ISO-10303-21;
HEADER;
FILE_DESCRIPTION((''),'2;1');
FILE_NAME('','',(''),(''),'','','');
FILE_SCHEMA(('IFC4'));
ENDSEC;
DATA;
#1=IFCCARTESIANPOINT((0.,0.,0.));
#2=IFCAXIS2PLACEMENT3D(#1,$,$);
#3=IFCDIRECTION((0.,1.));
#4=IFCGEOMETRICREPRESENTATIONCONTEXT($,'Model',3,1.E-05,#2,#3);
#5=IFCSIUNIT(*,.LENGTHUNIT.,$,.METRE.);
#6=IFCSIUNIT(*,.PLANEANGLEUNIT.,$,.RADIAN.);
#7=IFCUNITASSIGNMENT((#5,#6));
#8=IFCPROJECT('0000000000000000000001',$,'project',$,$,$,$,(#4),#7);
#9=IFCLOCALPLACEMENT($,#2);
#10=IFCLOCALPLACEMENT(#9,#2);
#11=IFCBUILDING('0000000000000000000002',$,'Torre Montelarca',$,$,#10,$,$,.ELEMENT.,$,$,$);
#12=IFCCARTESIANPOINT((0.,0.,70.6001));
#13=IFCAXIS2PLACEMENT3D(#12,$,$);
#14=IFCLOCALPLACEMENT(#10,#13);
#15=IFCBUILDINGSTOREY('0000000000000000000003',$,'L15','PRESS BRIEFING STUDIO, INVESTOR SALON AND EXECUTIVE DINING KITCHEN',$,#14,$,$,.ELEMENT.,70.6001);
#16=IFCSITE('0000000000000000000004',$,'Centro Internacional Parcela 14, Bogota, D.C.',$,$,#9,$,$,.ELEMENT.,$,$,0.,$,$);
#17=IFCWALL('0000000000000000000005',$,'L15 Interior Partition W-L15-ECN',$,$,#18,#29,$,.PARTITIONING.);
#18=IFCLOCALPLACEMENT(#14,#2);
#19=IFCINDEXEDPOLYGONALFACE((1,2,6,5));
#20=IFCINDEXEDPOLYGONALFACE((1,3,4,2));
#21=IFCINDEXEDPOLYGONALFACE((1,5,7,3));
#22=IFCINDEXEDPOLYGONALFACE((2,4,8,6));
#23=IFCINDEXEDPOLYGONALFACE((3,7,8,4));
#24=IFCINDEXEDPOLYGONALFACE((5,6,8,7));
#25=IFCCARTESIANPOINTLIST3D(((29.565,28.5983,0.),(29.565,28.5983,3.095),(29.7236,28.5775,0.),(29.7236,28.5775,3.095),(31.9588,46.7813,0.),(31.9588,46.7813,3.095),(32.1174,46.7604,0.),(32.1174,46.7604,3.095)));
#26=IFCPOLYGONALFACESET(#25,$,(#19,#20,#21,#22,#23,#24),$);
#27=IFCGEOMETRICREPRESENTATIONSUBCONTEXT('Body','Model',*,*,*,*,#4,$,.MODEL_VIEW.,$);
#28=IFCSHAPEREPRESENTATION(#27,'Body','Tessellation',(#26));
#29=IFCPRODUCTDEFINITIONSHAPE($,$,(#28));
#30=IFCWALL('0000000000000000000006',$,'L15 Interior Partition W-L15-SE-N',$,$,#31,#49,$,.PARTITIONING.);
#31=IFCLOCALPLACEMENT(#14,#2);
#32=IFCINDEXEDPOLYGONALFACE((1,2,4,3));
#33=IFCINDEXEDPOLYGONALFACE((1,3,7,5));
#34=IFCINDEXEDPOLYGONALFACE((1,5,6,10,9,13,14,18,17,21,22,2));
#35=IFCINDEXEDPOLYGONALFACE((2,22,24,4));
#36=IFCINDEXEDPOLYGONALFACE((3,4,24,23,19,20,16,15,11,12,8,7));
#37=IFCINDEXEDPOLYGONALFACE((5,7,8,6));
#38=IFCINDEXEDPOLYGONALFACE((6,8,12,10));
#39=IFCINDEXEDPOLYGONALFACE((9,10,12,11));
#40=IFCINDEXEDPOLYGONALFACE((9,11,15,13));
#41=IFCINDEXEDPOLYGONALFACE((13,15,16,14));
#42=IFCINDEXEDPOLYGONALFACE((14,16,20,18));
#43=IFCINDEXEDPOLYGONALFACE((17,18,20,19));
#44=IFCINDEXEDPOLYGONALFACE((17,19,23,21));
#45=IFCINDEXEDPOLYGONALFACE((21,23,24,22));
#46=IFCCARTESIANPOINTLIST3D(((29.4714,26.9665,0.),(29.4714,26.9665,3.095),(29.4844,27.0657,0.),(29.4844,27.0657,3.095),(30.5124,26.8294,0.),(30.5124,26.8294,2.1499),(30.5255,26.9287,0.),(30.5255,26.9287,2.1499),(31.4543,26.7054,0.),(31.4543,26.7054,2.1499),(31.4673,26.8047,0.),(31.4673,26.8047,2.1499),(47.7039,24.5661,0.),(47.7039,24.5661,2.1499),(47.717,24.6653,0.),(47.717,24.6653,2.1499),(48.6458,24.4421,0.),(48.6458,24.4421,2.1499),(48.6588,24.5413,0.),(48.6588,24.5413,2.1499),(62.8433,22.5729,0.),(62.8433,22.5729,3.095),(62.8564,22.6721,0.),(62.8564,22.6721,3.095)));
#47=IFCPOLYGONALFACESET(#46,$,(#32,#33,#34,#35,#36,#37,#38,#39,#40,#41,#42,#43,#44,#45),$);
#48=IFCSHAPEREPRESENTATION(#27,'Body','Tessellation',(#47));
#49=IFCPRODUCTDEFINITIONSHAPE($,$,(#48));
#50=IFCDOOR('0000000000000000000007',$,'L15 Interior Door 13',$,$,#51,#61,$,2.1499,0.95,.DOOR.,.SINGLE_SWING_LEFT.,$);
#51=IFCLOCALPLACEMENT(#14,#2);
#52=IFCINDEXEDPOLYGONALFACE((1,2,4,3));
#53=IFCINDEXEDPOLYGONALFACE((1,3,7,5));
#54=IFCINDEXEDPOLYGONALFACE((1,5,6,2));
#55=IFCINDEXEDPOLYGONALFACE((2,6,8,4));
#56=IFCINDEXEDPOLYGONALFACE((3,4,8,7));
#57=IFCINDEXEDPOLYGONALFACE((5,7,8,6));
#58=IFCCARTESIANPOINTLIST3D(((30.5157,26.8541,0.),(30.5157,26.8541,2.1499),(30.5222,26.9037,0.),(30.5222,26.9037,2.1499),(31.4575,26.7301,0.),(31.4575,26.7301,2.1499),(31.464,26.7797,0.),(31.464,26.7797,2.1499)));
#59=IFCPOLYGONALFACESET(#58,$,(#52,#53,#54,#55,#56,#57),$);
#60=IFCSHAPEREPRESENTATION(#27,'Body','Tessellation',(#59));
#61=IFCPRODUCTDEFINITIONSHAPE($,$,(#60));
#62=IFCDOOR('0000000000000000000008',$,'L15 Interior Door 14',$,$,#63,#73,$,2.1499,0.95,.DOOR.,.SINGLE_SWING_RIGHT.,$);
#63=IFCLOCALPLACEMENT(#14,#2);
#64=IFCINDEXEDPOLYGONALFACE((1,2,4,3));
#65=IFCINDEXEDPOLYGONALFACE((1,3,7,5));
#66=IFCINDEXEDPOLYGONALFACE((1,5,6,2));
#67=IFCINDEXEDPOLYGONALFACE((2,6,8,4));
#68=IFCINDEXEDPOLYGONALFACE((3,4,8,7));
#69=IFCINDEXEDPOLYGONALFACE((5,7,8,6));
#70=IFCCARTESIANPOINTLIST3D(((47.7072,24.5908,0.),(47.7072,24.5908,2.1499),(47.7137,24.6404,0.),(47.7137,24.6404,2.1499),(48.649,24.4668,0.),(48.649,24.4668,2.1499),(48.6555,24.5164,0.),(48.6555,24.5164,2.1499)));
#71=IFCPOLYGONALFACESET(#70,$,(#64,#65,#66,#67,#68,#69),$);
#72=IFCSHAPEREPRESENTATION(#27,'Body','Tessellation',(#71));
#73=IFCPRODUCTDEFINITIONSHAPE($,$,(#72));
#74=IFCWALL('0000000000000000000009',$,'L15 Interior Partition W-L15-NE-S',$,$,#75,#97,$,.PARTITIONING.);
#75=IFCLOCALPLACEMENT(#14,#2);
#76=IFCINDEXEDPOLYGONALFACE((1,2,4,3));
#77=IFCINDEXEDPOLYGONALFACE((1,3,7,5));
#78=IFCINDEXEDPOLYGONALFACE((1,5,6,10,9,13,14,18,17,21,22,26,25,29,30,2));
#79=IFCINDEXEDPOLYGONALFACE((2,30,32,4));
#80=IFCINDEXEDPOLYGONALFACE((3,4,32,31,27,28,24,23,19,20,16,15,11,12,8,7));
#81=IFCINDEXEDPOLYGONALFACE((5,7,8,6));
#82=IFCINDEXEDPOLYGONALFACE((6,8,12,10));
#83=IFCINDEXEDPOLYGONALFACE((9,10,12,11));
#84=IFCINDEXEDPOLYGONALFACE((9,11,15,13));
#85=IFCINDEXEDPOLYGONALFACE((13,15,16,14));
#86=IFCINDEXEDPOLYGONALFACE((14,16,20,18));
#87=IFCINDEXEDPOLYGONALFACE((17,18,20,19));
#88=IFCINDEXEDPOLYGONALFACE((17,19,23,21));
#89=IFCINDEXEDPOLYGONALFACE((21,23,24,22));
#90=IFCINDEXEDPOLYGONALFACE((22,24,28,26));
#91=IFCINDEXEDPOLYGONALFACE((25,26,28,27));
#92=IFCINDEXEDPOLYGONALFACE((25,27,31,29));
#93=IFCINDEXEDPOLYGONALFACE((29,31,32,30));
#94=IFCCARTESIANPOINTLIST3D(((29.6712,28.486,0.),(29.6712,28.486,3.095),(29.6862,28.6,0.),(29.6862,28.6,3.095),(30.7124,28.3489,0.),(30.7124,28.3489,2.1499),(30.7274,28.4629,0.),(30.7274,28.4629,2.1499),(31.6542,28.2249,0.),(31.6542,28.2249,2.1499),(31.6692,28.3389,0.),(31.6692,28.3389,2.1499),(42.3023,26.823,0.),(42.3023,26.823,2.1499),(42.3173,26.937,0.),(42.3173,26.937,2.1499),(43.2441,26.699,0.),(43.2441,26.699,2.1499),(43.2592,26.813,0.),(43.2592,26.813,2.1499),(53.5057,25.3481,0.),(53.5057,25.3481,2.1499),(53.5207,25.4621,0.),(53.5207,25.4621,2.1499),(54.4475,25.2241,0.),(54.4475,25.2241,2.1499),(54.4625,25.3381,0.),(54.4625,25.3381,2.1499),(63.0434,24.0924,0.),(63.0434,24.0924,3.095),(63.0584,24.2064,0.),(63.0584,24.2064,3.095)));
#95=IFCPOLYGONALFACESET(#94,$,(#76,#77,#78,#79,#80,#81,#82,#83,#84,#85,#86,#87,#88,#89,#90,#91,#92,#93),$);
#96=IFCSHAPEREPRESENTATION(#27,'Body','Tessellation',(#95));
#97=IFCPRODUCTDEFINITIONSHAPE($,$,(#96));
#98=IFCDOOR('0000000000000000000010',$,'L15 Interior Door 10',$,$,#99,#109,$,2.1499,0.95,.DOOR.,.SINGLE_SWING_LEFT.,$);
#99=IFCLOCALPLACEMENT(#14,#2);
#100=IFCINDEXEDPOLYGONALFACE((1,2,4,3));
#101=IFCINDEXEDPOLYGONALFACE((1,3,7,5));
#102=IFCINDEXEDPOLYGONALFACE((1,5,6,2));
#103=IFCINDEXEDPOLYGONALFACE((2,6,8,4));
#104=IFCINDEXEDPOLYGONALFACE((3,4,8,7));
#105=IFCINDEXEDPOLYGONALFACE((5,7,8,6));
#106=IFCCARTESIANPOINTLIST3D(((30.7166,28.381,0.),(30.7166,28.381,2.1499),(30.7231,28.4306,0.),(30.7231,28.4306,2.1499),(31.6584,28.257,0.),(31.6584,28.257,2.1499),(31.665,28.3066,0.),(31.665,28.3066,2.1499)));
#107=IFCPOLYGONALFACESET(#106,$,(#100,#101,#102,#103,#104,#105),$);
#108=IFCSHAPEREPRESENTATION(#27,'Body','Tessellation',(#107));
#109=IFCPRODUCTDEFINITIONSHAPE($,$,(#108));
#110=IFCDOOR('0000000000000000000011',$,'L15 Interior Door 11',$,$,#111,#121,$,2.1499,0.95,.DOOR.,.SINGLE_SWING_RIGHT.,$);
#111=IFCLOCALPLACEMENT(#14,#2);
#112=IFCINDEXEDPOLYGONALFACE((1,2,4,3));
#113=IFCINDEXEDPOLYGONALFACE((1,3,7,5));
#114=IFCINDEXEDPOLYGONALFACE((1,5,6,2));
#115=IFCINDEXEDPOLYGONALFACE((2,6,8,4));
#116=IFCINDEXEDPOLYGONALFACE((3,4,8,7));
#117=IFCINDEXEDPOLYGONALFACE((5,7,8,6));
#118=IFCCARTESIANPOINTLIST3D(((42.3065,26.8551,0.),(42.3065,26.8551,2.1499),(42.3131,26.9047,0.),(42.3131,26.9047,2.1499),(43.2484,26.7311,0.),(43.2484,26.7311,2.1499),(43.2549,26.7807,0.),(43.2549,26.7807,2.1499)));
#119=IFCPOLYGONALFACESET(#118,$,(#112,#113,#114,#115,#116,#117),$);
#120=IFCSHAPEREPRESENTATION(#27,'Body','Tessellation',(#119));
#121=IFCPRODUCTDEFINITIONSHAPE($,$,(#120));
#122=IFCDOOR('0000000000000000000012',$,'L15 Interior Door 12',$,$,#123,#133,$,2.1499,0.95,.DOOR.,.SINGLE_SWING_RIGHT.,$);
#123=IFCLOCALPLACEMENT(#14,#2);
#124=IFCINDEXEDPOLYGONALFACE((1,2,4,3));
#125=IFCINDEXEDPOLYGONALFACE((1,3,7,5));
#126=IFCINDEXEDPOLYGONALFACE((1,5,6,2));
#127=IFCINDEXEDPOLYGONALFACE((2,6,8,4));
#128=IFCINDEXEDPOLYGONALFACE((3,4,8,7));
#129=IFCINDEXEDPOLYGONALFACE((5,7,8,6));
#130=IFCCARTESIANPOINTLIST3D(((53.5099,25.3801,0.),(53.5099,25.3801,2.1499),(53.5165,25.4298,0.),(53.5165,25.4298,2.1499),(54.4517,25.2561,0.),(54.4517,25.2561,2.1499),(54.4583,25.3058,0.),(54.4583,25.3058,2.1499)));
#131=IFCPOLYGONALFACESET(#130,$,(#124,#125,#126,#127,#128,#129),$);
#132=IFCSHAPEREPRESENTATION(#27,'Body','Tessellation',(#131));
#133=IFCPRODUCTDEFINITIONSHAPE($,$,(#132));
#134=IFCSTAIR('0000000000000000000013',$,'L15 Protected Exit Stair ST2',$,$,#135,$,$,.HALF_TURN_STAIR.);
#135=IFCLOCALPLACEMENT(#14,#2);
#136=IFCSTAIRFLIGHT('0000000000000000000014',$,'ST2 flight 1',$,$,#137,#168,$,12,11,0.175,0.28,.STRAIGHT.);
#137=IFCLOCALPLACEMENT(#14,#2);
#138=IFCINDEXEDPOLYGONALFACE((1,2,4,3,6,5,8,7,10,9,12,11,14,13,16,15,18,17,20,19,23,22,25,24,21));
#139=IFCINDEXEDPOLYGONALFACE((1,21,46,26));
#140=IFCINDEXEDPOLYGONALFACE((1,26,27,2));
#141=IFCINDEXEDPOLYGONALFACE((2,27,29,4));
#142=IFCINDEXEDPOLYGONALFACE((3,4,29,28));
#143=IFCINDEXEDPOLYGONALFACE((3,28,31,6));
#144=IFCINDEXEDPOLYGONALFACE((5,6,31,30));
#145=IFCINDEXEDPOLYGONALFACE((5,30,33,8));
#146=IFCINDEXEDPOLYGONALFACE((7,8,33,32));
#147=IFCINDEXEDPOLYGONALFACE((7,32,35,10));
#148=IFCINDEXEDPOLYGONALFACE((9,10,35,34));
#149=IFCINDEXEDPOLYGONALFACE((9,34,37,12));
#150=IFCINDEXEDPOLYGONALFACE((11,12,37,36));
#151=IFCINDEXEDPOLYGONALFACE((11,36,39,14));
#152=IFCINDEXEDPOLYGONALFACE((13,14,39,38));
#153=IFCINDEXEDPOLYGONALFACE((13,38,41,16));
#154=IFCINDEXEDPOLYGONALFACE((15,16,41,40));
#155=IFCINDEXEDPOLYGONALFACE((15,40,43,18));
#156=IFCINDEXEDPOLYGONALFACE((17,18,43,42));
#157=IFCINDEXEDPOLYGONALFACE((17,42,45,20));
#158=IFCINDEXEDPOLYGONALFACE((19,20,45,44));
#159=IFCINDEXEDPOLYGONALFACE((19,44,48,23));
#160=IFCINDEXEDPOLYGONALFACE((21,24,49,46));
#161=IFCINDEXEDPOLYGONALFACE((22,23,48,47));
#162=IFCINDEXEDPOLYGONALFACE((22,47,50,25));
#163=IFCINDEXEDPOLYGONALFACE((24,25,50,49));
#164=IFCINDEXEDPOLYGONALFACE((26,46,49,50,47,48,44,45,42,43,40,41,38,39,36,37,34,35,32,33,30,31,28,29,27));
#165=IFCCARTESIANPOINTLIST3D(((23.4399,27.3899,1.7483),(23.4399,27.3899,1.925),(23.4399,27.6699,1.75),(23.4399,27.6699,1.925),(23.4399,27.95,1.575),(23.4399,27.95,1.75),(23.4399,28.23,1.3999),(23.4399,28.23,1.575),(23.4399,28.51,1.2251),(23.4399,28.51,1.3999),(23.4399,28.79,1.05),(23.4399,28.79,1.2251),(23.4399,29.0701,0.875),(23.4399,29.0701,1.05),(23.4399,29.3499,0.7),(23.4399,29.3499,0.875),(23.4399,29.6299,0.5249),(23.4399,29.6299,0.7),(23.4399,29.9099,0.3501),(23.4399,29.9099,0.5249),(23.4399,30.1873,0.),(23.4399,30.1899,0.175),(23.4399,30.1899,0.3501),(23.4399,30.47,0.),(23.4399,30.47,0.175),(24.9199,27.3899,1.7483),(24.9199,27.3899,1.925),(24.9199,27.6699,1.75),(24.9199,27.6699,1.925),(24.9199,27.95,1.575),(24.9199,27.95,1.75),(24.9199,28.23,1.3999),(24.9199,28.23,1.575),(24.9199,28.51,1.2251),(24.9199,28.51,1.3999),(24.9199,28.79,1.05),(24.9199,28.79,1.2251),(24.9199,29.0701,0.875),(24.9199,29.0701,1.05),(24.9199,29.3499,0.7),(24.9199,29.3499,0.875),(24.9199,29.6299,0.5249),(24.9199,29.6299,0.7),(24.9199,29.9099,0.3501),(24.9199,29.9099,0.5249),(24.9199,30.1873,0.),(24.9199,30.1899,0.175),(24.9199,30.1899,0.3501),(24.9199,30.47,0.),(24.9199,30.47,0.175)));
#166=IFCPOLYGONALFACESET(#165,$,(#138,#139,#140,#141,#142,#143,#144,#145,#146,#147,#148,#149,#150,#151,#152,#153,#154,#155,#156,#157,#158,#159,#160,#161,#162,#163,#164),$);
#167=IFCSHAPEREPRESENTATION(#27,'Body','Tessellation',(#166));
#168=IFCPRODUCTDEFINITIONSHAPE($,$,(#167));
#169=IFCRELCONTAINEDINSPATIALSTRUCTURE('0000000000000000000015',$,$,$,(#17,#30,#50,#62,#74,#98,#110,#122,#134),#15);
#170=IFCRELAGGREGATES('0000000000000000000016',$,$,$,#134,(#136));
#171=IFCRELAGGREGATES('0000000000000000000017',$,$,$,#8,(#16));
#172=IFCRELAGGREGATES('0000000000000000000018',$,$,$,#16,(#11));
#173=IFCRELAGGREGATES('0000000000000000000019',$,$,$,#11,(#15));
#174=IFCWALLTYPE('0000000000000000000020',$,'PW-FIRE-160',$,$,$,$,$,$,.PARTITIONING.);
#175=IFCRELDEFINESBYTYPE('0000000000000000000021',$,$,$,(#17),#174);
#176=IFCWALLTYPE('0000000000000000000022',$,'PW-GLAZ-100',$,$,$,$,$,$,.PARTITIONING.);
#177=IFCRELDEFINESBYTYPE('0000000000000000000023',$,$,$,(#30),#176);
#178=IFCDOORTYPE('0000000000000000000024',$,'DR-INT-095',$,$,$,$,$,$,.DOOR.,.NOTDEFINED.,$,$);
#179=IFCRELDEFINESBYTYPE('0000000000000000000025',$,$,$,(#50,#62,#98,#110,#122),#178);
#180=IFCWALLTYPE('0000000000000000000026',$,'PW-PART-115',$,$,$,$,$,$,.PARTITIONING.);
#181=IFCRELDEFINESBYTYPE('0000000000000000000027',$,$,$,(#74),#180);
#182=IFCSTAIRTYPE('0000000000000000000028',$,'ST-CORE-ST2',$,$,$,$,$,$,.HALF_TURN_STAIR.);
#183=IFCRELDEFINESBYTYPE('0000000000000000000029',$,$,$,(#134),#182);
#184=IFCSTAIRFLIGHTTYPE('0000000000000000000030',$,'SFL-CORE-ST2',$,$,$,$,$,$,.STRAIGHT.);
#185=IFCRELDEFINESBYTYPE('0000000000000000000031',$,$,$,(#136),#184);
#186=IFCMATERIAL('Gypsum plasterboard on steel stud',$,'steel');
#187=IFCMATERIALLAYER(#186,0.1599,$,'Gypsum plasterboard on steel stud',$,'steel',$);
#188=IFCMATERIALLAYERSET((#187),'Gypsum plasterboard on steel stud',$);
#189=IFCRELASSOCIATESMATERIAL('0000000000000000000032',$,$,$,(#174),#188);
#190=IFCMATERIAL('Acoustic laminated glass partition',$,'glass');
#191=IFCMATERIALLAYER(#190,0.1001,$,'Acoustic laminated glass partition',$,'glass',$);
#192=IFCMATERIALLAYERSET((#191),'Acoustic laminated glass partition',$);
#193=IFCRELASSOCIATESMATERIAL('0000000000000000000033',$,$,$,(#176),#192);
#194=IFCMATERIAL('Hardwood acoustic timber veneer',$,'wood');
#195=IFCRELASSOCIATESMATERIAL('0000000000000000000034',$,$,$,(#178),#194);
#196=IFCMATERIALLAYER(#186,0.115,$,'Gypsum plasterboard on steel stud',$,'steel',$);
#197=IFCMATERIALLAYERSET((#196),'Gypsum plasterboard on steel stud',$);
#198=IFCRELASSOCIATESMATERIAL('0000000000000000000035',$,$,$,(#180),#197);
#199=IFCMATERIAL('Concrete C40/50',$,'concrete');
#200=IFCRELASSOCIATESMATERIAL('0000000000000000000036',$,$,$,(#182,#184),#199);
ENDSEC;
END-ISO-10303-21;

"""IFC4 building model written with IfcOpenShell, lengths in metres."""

from ifc_helpers import new_model, si_unit, direction, frame, frame_2d, origin, place, context, subcontext, project, spatial, polyline, rectangle, outline, extrude, source, transform, mapped, material, layer, layer_set, type_object, element, fill, aggregate, save


model = new_model("IFC4")

# Units and contexts
model_context = context("Model", 3, precision=1e-05, world=origin(), true_north=direction((0.0, 1.0)))
body_context = subcontext(model_context, "Body", "Model", "MODEL_VIEW")
ifc_project = project(units=[si_unit("LENGTHUNIT", "METRE"), si_unit("PLANEANGLEUNIT", "RADIAN")], contexts=[model_context])

# Site, building, storey
site_placement = place(None, origin())
site = spatial("IfcSite", under=ifc_project, at=site_placement, Name="Centro Internacional Parcela 14, Bogota, D.C.", CompositionType="ELEMENT", RefElevation=0.0)
building_placement = place(site_placement, origin())
building = spatial("IfcBuilding", under=site, at=building_placement, Name="Torre Montelarca", CompositionType="ELEMENT")
storey_placement = place(building_placement, frame((0.0, 0.0, 70.6001)))
storey = spatial("IfcBuildingStorey", under=building, at=storey_placement, Name="L15", Description="PRESS BRIEFING STUDIO, INVESTOR SALON AND EXECUTIVE DINING KITCHEN", CompositionType="ELEMENT", Elevation=70.6001)

# Wall
ifc_material_1 = material(Name="Gypsum plasterboard on steel stud", Category="steel")
ifc_layer_1 = layer(ifc_material_1, 0.1599, Name="Gypsum plasterboard on steel stud", Category="steel")
ifc_layer_set_1 = layer_set([ifc_layer_1], Name="Gypsum plasterboard on steel stud")
wall_type_1 = type_object("IfcWallType", Name="PW-FIRE-160", PredefinedType="PARTITIONING", material=ifc_layer_set_1)
wall_1_placement = place(storey_placement, frame((29.6443, 28.5879, 0.0), z_axis=(0.0, 0.0, 1.0), x_axis=(0.130525, 0.991445, 0.0)))
element("IfcWall", 1, at=wall_1_placement, inside=storey, type_object=wall_type_1, Name="L15 Interior Partition W-L15-ECN", PredefinedType="PARTITIONING", context=body_context, shape_type="SweptSolid", body=[
    extrude(rectangle(XDim=18.3398, YDim=0.1599, at=frame_2d((9.1699, 0.0))), origin(), (0.0, 0.0, 1.0), 3.095),
])

# Walls, openings, doors
ifc_material_2 = material(Name="Acoustic laminated glass partition", Category="glass")
ifc_layer_2 = layer(ifc_material_2, 0.1001, Name="Acoustic laminated glass partition", Category="glass")
ifc_layer_set_2 = layer_set([ifc_layer_2], Name="Acoustic laminated glass partition")
wall_type_2 = type_object("IfcWallType", Name="PW-GLAZ-100", PredefinedType="PARTITIONING", material=ifc_layer_set_2)
wall_2_placement = place(storey_placement, frame((29.4778, 27.0161, 0.0), z_axis=(0.0, 0.0, 1.0), x_axis=(0.991445, -0.130528, 0.0)))
wall_2 = element("IfcWall", 2, at=wall_2_placement, inside=storey, type_object=wall_type_2, Name="L15 Interior Partition W-L15-SE-N", PredefinedType="PARTITIONING", context=body_context, shape_type="SweptSolid", body=[
    extrude(rectangle(XDim=33.6599, YDim=0.1001, at=frame_2d((16.8301, 0.0))), origin(), (0.0, 0.0, 1.0), 3.095),
])
opening_1_placement = place(wall_2_placement, frame((1.05, 0.0, 0.0)))
opening_1 = element("IfcOpeningElement", 3, at=opening_1_placement, cuts=wall_2, PredefinedType="OPENING", context=body_context, shape_type="SweptSolid", body=[
    extrude(rectangle(XDim=0.95, YDim=2.1499, at=frame_2d((0.4751, 1.075))), frame((0.0, 0.0601, 0.0), z_axis=(0.0, -1.0, 0.0), x_axis=(1.0, 0.0, 0.0)), (0.0, 0.0, 1.0), 0.1201),
])
opening_2_placement = place(wall_2_placement, frame((18.3899, 0.0, 0.0)))
opening_2 = element("IfcOpeningElement", 4, at=opening_2_placement, cuts=wall_2, PredefinedType="OPENING", context=body_context, shape_type="SweptSolid", body=[
    extrude(rectangle(XDim=0.95, YDim=2.1499, at=frame_2d((0.4751, 1.075))), frame((0.0, 0.0601, 0.0), z_axis=(0.0, -1.0, 0.0), x_axis=(1.0, 0.0, 0.0)), (0.0, 0.0, 1.0), 0.1201),
])
ifc_material_3 = material(Name="Hardwood acoustic timber veneer", Category="wood")
door_type = type_object("IfcDoorType", Name="DR-INT-095", OperationType="NOTDEFINED", PredefinedType="DOOR", material=ifc_material_3)
shared_shape = source(origin(), body_context, "Body", "SweptSolid", [
    extrude(rectangle(XDim=0.95, YDim=2.1499, at=frame_2d((0.4751, 1.075))), frame((0.0, 0.0249, 0.0), z_axis=(0.0, -1.0, 0.0), x_axis=(1.0, 0.0, 0.0)), (0.0, 0.0, 1.0), 0.05),
])
door_1_placement = place(opening_1_placement, origin())
door_1 = element("IfcDoor", 5, at=door_1_placement, inside=storey, type_object=door_type, Name="L15 Interior Door 13", OperationType="SINGLE_SWING_LEFT", OverallHeight=2.1499, OverallWidth=0.95, PredefinedType="DOOR", context=body_context, shape_type="MappedRepresentation", body=[
    mapped(shared_shape, transform((0.0, 0.0, 0.0), scale=1.0)),
])
fill(opening_1, door_1)
door_2_placement = place(opening_2_placement, origin())
door_2 = element("IfcDoor", 6, at=door_2_placement, inside=storey, type_object=door_type, Name="L15 Interior Door 14", OperationType="SINGLE_SWING_RIGHT", OverallHeight=2.1499, OverallWidth=0.95, PredefinedType="DOOR", context=body_context, shape_type="MappedRepresentation", body=[
    mapped(shared_shape, transform((0.0, 0.0, 0.0), scale=1.0)),
])
fill(opening_2, door_2)
ifc_layer_3 = layer(ifc_material_1, 0.115, Name="Gypsum plasterboard on steel stud", Category="steel")
ifc_layer_set_3 = layer_set([ifc_layer_3], Name="Gypsum plasterboard on steel stud")
wall_type_3 = type_object("IfcWallType", Name="PW-PART-115", PredefinedType="PARTITIONING", material=ifc_layer_set_3)
wall_3_placement = place(storey_placement, frame((29.6787, 28.543, 0.0), z_axis=(0.0, 0.0, 1.0), x_axis=(0.991445, -0.130527, 0.0)))
wall_3 = element("IfcWall", 7, at=wall_3_placement, inside=storey, type_object=wall_type_3, Name="L15 Interior Partition W-L15-NE-S", PredefinedType="PARTITIONING", context=body_context, shape_type="SweptSolid", body=[
    extrude(rectangle(XDim=33.6602, YDim=0.115, at=frame_2d((16.8301, 0.0))), origin(), (0.0, 0.0, 1.0), 3.095),
])
opening_3_placement = place(wall_3_placement, frame((1.05, 0.0, 0.0)))
opening_3 = element("IfcOpeningElement", 8, at=opening_3_placement, cuts=wall_3, PredefinedType="OPENING", context=body_context, shape_type="SweptSolid", body=[
    extrude(rectangle(XDim=0.95, YDim=2.1499, at=frame_2d((0.4751, 1.075))), frame((0.0, 0.0674, 0.0), z_axis=(0.0, -1.0, 0.0), x_axis=(1.0, 0.0, 0.0)), (0.0, 0.0, 1.0), 0.135),
])
opening_4_placement = place(wall_3_placement, frame((12.74, 0.0, 0.0)))
opening_4 = element("IfcOpeningElement", 9, at=opening_4_placement, cuts=wall_3, PredefinedType="OPENING", context=body_context, shape_type="SweptSolid", body=[
    extrude(rectangle(XDim=0.95, YDim=2.1499, at=frame_2d((0.4751, 1.075))), frame((0.0, 0.0674, 0.0), z_axis=(0.0, -1.0, 0.0), x_axis=(1.0, 0.0, 0.0)), (0.0, 0.0, 1.0), 0.135),
])
opening_5_placement = place(wall_3_placement, frame((24.04, 0.0, 0.0)))
opening_5 = element("IfcOpeningElement", 10, at=opening_5_placement, cuts=wall_3, PredefinedType="OPENING", context=body_context, shape_type="SweptSolid", body=[
    extrude(rectangle(XDim=0.95, YDim=2.1499, at=frame_2d((0.4751, 1.075))), frame((0.0, 0.0674, 0.0), z_axis=(0.0, -1.0, 0.0), x_axis=(1.0, 0.0, 0.0)), (0.0, 0.0, 1.0), 0.135),
])
door_3_placement = place(opening_3_placement, origin())
door_3 = element("IfcDoor", 11, at=door_3_placement, inside=storey, type_object=door_type, Name="L15 Interior Door 10", OperationType="SINGLE_SWING_LEFT", OverallHeight=2.1499, OverallWidth=0.95, PredefinedType="DOOR", context=body_context, shape_type="MappedRepresentation", body=[
    mapped(shared_shape, transform((0.0, 0.0, 0.0), scale=1.0)),
])
fill(opening_3, door_3)
door_4_placement = place(opening_4_placement, origin())
door_4 = element("IfcDoor", 12, at=door_4_placement, inside=storey, type_object=door_type, Name="L15 Interior Door 11", OperationType="SINGLE_SWING_RIGHT", OverallHeight=2.1499, OverallWidth=0.95, PredefinedType="DOOR", context=body_context, shape_type="MappedRepresentation", body=[
    mapped(shared_shape, transform((0.0, 0.0, 0.0), scale=1.0)),
])
fill(opening_4, door_4)
door_5_placement = place(opening_5_placement, origin())
door_5 = element("IfcDoor", 13, at=door_5_placement, inside=storey, type_object=door_type, Name="L15 Interior Door 12", OperationType="SINGLE_SWING_RIGHT", OverallHeight=2.1499, OverallWidth=0.95, PredefinedType="DOOR", context=body_context, shape_type="MappedRepresentation", body=[
    mapped(shared_shape, transform((0.0, 0.0, 0.0), scale=1.0)),
])
fill(opening_5, door_5)

# Stair, stair flight
ifc_material_4 = material(Name="Concrete C40/50", Category="concrete")
stair_type = type_object("IfcStairType", Name="ST-CORE-ST2", PredefinedType="HALF_TURN_STAIR", material=ifc_material_4)
stair_placement = place(storey_placement, origin())
stair = element("IfcStair", 14, at=stair_placement, inside=storey, type_object=stair_type, Name="L15 Protected Exit Stair ST2", PredefinedType="HALF_TURN_STAIR")
stair_flight_type = type_object("IfcStairFlightType", Name="SFL-CORE-ST2", PredefinedType="STRAIGHT", material=ifc_material_4)
stair_flight_1_placement = place(storey_placement, frame((24.1799, 30.47, 0.0), z_axis=(0.0, 0.0, 1.0), x_axis=(0.0, -1.0, 0.0)))
stair_flight_1 = element("IfcStairFlight", 15, at=stair_flight_1_placement, type_object=stair_flight_type, Name="ST2 flight 1", NumberOfRisers=12, NumberOfTreads=11, PredefinedType="STRAIGHT", RiserHeight=0.175, TreadLength=0.28, context=body_context, shape_type="SweptSolid", body=[
    extrude(outline(polyline([(0.0, 0.0), (0.0, 0.175), (0.28, 0.175), (0.28, 0.3501), (0.5601, 0.3501), (0.5601, 0.5249), (0.8401, 0.5249), (0.8401, 0.7), (1.1201, 0.7), (1.1201, 0.875), (1.3999, 0.875), (1.3999, 1.05), (1.6799, 1.05), (1.6799, 1.2251), (1.96, 1.2251), (1.96, 1.3999), (2.24, 1.3999), (2.24, 1.575), (2.52, 1.575), (2.52, 1.75), (2.8, 1.75), (2.8, 1.925), (3.0801, 1.925), (3.0801, 2.1001), (3.0801, 1.7483), (0.2827, 0.0), (0.0, 0.0)])), frame((0.0, 0.74, 0.0), z_axis=(0.0, -1.0, 0.0), x_axis=(1.0, 0.0, 0.0)), (0.0, 0.0, 1.0), 1.48),
])
aggregate(stair, [stair_flight_1])

save(model, "model.ifc")
